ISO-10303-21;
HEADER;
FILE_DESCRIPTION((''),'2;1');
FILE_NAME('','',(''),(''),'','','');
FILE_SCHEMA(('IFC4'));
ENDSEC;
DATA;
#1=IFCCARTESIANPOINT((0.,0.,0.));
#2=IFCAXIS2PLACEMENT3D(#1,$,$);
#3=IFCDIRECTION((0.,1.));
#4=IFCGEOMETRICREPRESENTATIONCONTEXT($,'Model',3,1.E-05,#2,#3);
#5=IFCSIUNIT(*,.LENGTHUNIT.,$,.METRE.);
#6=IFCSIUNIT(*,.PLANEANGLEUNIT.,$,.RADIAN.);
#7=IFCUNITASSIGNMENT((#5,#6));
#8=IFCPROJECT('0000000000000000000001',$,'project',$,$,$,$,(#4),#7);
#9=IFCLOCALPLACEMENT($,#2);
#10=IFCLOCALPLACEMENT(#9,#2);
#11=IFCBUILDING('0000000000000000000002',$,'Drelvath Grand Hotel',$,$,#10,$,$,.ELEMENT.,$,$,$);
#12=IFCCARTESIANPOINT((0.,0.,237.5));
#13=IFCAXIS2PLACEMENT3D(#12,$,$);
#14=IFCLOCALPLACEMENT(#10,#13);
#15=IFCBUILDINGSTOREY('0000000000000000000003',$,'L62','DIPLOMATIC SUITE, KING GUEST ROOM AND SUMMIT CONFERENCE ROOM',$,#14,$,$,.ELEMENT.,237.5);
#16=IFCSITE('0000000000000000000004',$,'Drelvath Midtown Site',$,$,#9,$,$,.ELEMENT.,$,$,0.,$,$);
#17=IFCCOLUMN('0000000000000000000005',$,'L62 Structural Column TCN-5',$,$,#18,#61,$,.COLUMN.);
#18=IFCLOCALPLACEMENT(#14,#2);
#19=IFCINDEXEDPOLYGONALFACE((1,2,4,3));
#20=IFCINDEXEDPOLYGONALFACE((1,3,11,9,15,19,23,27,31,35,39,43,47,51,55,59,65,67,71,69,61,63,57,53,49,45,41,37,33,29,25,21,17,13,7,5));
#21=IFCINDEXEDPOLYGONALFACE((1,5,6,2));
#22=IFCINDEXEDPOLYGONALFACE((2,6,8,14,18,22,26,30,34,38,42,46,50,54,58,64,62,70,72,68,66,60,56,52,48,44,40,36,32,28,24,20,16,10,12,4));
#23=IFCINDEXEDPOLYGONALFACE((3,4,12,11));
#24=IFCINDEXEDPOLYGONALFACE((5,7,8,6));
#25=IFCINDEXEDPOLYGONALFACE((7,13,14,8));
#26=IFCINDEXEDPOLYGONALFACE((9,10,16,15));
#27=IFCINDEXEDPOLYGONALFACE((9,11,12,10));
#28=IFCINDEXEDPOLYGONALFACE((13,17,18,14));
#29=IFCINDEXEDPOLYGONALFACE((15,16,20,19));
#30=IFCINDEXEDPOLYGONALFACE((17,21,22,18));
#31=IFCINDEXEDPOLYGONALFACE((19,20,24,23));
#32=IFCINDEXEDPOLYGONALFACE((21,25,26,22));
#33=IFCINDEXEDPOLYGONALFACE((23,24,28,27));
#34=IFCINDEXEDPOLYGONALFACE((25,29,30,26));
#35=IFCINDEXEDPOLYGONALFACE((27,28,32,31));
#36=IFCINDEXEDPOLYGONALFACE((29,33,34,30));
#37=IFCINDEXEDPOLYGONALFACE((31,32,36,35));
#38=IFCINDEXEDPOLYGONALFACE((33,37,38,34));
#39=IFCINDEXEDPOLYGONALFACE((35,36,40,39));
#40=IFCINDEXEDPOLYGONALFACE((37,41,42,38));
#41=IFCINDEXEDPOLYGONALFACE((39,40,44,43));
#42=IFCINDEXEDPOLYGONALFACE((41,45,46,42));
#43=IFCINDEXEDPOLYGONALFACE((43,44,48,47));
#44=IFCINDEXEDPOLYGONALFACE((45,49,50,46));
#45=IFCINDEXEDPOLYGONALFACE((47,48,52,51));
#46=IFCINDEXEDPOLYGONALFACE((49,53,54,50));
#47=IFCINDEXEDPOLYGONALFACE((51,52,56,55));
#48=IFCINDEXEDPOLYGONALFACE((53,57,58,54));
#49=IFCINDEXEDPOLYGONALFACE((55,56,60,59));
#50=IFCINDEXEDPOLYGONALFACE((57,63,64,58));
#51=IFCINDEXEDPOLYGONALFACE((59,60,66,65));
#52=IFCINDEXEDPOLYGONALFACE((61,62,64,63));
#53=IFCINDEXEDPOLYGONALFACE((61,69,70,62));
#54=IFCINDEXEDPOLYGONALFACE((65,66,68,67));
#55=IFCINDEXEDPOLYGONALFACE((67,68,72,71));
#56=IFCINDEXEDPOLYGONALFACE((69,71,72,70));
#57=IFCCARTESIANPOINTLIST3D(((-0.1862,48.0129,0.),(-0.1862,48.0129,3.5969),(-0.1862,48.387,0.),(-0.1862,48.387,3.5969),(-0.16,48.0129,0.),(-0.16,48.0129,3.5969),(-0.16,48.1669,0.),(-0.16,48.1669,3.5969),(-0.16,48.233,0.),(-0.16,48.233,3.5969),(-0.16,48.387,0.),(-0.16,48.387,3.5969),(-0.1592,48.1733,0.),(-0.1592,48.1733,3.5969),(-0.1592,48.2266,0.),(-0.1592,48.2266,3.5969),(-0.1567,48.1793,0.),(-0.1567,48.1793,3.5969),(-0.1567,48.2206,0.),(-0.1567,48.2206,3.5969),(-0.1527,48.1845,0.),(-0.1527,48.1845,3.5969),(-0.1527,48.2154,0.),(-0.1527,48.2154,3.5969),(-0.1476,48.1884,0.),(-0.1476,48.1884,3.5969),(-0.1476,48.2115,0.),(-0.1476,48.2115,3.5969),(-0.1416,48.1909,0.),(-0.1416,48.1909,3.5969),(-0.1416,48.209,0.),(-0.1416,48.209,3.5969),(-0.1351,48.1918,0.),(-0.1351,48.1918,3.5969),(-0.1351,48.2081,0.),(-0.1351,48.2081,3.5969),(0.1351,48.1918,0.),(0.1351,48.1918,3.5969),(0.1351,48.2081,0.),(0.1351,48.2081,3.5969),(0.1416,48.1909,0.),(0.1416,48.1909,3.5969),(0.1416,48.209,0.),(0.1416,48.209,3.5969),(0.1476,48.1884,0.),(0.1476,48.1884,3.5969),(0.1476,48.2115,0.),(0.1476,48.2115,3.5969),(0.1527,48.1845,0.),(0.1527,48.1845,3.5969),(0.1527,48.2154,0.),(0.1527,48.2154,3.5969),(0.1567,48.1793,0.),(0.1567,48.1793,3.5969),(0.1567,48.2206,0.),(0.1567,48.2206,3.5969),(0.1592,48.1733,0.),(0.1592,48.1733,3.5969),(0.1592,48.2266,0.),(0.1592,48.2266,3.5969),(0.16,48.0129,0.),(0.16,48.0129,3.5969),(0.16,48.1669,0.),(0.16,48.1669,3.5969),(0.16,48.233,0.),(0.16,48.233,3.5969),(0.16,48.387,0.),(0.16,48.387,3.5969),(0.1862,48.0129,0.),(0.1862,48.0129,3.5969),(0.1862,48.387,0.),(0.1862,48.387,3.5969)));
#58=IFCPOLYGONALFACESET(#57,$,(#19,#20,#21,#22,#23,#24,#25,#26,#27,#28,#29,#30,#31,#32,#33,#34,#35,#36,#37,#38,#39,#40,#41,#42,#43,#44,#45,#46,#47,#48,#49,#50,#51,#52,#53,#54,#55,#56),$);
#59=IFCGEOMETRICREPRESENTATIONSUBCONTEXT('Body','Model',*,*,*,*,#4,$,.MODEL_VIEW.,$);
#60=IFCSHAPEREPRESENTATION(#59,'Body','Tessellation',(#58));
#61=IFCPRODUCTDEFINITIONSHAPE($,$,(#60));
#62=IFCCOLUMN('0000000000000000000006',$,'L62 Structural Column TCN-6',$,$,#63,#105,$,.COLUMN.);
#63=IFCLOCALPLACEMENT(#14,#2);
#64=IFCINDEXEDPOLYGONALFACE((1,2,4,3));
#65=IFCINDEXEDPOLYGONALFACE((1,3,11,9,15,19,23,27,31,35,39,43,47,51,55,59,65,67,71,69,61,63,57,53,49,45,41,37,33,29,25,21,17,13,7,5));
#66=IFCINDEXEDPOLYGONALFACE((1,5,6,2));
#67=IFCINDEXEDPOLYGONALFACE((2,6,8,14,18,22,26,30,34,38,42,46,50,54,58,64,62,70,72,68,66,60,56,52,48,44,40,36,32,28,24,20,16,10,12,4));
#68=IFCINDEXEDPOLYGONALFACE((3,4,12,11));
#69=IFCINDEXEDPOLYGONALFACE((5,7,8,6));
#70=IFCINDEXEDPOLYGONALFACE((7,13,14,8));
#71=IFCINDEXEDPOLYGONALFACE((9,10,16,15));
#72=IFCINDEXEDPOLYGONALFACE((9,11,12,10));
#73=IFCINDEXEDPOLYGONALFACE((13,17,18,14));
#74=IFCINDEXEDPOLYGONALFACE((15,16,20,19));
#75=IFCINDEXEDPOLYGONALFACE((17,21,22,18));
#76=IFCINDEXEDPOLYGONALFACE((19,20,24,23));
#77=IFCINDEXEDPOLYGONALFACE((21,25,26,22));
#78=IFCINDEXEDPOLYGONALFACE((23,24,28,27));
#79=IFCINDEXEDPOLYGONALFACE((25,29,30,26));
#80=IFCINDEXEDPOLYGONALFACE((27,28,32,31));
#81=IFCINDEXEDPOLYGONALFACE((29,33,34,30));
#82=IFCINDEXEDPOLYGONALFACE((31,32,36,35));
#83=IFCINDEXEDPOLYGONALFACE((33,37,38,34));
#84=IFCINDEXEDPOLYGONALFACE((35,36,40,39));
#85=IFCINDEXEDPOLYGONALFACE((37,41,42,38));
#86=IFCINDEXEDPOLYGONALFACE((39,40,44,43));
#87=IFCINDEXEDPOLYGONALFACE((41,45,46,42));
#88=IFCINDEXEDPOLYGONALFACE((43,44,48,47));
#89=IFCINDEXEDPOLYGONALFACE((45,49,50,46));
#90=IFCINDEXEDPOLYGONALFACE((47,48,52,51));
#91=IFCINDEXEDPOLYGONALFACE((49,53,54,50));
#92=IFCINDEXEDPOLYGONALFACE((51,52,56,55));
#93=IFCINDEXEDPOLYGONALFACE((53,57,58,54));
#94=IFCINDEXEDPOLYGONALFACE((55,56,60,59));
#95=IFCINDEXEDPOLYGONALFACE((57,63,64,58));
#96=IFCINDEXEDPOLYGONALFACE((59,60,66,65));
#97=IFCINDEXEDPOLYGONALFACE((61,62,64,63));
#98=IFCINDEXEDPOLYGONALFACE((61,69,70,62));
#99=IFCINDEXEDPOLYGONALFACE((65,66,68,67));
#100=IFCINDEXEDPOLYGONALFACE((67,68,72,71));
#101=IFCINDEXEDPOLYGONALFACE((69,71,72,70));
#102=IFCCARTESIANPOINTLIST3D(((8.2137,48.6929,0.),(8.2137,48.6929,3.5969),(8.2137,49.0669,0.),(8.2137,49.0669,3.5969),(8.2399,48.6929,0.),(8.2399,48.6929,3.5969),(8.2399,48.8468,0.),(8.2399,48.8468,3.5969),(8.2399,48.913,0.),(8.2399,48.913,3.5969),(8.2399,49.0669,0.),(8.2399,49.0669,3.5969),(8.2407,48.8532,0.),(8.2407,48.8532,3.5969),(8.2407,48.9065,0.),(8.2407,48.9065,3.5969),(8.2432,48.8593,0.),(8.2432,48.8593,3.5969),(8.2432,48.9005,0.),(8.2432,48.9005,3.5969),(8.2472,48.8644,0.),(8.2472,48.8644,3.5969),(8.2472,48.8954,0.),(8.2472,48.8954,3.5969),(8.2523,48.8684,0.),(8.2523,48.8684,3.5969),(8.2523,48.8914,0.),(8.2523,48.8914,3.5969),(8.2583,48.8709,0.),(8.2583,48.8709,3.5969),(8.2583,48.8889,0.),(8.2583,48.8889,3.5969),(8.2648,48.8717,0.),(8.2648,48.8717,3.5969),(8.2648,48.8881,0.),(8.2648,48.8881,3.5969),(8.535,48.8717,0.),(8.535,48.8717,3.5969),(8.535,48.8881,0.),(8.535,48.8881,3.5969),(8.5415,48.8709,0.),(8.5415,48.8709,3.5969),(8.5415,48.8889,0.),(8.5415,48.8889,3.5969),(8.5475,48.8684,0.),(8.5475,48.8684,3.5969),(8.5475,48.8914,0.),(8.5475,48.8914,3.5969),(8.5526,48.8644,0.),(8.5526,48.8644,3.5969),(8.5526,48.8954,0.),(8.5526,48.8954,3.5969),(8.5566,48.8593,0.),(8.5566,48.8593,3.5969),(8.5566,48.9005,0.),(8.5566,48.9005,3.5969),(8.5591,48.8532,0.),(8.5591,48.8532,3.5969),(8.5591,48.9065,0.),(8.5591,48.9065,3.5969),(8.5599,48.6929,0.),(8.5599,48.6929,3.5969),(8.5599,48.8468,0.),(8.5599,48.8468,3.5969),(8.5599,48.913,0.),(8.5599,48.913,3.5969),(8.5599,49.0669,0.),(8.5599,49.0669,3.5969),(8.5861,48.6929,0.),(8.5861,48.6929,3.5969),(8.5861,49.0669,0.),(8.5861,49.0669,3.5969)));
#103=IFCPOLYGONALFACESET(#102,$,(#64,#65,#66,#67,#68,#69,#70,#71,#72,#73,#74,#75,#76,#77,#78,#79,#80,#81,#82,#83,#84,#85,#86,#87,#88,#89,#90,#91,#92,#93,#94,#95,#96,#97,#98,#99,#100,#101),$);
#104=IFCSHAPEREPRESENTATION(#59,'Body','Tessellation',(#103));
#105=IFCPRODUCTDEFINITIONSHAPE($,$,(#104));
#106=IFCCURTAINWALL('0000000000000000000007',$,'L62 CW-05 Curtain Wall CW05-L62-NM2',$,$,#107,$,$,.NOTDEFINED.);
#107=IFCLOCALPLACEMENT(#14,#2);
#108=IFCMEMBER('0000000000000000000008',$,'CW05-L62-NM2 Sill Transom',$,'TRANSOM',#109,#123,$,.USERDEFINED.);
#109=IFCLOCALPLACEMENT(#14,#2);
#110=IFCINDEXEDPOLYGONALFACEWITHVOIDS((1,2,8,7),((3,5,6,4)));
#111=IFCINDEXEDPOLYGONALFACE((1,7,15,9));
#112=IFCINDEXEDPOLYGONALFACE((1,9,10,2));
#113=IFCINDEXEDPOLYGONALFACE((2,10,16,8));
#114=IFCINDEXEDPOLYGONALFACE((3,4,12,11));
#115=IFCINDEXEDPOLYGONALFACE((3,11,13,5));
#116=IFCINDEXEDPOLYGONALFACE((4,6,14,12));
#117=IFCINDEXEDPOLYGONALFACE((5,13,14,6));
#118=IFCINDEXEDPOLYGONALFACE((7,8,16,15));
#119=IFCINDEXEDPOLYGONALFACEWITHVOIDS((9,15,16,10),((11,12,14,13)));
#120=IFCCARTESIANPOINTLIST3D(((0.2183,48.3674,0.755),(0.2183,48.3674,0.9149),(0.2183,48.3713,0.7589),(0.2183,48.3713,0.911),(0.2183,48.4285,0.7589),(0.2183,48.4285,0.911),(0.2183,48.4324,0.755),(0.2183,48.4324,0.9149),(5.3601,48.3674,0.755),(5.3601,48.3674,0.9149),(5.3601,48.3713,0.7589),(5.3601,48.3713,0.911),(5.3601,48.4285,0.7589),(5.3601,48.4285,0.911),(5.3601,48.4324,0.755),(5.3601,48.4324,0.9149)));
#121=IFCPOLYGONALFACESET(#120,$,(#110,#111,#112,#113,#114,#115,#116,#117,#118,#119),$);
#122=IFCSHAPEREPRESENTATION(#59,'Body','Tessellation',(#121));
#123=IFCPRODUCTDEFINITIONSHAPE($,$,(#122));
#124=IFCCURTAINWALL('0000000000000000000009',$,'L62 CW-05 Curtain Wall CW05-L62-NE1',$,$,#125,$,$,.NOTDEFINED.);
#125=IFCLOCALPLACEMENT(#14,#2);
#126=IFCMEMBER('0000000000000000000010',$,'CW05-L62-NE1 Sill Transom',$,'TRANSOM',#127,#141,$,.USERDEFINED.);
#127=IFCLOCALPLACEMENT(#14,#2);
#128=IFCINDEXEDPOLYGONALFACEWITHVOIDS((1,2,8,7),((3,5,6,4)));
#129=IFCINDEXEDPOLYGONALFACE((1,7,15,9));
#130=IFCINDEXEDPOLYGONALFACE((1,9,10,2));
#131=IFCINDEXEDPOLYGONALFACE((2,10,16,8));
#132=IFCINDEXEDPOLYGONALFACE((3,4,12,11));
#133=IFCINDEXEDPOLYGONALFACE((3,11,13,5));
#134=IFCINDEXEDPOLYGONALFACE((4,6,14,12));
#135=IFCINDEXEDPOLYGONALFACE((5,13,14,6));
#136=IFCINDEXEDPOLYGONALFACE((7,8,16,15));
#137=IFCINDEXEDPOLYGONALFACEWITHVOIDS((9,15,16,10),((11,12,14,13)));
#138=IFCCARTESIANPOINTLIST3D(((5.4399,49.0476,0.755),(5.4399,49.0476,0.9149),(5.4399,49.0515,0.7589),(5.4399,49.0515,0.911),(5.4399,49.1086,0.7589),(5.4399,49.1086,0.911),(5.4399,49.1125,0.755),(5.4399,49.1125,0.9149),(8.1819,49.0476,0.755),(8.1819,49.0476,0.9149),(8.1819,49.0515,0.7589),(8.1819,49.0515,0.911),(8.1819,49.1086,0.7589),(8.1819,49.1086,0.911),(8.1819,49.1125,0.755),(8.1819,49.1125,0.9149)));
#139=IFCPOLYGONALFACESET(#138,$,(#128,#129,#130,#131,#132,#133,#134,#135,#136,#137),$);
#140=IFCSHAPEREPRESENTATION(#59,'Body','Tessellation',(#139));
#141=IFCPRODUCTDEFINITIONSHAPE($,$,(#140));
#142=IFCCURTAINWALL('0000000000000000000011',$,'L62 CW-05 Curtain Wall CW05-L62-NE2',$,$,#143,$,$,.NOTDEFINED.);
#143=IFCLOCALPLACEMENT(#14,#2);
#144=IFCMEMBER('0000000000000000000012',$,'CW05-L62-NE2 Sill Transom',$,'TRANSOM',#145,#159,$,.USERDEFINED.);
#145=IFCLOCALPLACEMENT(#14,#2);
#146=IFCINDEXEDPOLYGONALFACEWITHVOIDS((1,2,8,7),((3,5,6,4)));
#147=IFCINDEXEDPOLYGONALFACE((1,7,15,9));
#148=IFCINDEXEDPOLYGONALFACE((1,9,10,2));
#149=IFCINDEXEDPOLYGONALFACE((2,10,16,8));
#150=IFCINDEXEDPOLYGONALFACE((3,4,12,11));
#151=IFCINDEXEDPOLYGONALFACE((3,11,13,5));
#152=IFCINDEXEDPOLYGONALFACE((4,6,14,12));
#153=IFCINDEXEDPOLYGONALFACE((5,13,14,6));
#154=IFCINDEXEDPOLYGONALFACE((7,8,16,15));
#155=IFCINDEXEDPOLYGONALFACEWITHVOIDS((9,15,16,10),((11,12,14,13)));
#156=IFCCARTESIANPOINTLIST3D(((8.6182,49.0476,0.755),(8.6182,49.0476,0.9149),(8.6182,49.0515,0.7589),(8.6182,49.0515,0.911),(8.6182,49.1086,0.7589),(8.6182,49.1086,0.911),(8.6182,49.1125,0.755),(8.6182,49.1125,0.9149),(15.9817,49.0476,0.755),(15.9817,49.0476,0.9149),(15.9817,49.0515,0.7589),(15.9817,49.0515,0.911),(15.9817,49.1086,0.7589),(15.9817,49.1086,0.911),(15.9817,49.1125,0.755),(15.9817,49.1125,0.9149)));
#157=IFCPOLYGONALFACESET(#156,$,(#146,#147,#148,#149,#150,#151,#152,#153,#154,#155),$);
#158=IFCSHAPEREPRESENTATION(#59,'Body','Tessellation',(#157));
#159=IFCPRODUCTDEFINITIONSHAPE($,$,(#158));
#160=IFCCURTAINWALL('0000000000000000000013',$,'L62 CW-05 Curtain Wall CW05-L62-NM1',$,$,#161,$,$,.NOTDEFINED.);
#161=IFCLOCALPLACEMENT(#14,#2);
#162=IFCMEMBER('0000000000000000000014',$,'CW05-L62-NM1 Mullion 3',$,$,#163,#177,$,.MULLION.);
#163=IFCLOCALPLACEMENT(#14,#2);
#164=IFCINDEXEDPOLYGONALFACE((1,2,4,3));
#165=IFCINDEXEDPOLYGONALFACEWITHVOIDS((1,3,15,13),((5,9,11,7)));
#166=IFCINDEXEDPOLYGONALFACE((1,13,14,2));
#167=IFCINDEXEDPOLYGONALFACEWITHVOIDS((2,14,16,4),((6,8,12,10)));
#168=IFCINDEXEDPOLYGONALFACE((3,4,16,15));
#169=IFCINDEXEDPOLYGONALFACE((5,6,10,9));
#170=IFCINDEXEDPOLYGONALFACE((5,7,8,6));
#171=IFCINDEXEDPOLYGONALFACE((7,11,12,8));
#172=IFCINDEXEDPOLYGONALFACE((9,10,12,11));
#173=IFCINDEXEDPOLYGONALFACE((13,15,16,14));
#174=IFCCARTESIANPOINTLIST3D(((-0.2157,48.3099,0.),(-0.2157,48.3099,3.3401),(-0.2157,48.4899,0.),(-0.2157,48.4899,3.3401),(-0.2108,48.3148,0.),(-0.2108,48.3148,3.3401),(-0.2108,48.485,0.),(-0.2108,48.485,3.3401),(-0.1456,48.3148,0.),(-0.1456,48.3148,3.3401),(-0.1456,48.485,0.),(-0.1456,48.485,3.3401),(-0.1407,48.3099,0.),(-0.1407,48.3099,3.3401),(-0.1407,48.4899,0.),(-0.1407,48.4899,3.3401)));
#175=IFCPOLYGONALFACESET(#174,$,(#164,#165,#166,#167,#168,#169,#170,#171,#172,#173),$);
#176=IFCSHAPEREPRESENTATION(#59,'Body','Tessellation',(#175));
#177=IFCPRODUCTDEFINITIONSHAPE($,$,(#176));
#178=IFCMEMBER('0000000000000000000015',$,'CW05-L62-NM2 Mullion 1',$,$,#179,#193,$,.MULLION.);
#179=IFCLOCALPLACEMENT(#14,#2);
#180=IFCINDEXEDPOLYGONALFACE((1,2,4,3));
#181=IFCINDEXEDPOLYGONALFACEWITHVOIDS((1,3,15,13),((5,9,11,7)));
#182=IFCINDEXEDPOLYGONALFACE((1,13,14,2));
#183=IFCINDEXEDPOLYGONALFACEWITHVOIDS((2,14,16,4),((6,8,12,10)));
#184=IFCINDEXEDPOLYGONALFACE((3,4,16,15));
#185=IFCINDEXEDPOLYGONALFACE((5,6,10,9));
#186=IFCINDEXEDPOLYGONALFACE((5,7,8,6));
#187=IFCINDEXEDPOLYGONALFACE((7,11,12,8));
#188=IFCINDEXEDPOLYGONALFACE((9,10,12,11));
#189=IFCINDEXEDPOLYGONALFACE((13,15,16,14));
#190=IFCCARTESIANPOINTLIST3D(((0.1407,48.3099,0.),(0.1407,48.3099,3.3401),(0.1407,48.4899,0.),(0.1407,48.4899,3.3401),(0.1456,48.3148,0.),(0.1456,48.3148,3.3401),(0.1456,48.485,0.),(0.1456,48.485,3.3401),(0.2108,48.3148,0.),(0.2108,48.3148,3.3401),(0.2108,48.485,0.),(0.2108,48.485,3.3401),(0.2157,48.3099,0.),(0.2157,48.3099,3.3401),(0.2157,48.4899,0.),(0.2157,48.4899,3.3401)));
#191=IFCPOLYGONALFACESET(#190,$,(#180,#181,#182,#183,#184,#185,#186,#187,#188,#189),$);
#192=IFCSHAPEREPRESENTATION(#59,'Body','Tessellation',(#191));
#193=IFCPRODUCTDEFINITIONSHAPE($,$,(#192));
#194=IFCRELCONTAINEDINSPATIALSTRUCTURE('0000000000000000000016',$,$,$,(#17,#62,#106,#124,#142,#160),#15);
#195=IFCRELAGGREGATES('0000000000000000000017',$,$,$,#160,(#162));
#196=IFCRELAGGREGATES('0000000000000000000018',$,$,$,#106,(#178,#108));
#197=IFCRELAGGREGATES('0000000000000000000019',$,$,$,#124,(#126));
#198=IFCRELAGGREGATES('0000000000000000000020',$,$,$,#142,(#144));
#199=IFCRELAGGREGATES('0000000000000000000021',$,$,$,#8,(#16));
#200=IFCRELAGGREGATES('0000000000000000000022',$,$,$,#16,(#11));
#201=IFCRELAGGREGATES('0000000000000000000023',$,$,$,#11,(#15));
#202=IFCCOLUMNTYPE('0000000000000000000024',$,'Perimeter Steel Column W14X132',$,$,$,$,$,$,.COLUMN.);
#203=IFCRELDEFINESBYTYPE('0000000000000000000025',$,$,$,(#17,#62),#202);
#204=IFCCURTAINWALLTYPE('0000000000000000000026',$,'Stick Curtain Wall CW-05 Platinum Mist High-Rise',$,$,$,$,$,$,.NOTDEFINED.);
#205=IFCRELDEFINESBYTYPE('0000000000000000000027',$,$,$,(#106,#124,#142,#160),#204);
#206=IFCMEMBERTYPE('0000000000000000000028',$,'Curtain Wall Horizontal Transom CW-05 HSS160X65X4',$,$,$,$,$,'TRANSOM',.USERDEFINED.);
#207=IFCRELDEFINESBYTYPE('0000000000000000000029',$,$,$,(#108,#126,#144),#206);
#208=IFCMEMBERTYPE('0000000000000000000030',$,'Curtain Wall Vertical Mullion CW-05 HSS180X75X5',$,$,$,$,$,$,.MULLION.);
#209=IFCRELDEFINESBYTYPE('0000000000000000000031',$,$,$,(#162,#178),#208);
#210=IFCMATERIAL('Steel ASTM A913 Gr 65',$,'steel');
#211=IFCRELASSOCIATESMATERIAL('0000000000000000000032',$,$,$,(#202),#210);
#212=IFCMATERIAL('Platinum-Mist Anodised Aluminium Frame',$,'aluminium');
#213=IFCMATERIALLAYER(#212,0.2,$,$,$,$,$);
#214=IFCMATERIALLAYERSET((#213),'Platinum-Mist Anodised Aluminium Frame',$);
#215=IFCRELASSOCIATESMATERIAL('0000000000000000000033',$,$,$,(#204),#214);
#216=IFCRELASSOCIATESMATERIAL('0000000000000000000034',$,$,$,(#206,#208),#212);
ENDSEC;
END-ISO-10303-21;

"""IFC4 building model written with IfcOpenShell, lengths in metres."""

from ifc_helpers import new_model, si_unit, direction, frame, origin, origin_2d, place, context, subcontext, project, spatial, hollow_rectangle, i_section, extrude, material, layer, layer_set, material_profile, profile_set, type_object, element, aggregate, save


model = new_model("IFC4")

# Units and contexts
model_context = context("Model", 3, precision=1e-05, world=origin(), true_north=direction((0.0, 1.0)))
body_context = subcontext(model_context, "Body", "Model", "MODEL_VIEW")
ifc_project = project(units=[si_unit("LENGTHUNIT", "METRE"), si_unit("PLANEANGLEUNIT", "RADIAN")], contexts=[model_context])

# Site, building, storey
site_placement = place(None, origin())
site = spatial("IfcSite", under=ifc_project, at=site_placement, Name="Drelvath Midtown Site", CompositionType="ELEMENT", RefElevation=0.0)
building_placement = place(site_placement, origin())
building = spatial("IfcBuilding", under=site, at=building_placement, Name="Drelvath Grand Hotel", CompositionType="ELEMENT")
storey_placement = place(building_placement, frame((0.0, 0.0, 237.5)))
storey = spatial("IfcBuildingStorey", under=building, at=storey_placement, Name="L62", Description="DIPLOMATIC SUITE, KING GUEST ROOM AND SUMMIT CONFERENCE ROOM", CompositionType="ELEMENT", Elevation=237.5)

# Columns
ifc_material_1 = material(Name="Steel ASTM A913 Gr 65", Category="steel")
ifc_material_profile_1 = material_profile(ifc_material_1, i_section(OverallWidth=0.374, OverallDepth=0.3723, WebThickness=0.0164, FlangeThickness=0.0261, FilletRadius=0.0249, at=origin_2d()), Name="W14X132")
ifc_profile_set_1 = profile_set([ifc_material_profile_1], Name="Steel ASTM A913 Gr 65")
column_type = type_object("IfcColumnType", Name="Perimeter Steel Column W14X132", PredefinedType="COLUMN", material=ifc_profile_set_1)
for number, where, z_axis, x_axis, name in (
    (1, (0.0, 48.2, 0.0), (0.0, 0.0, 1.0), (0.0, 1.0, 0.0), "L62 Structural Column TCN-5"),
    (2, (8.3999, 48.8799, 0.0), (0.0, 0.0, 1.0), (0.0, 1.0, 0.0), "L62 Structural Column TCN-6"),
):
    element("IfcColumn", number, at=place(storey_placement, frame(where, z_axis=z_axis, x_axis=x_axis)), inside=storey, type_object=column_type, Name=name, PredefinedType="COLUMN", context=body_context, shape_type="SweptSolid", body=[
        extrude(i_section(OverallWidth=0.374, OverallDepth=0.3723, WebThickness=0.0164, FlangeThickness=0.0261, FilletRadius=0.0249, at=origin_2d()), origin(), (0.0, 0.0, 1.0), 3.5969),
    ])

# Curtain walls, members
ifc_material_2 = material(Name="Platinum-Mist Anodised Aluminium Frame", Category="aluminium")
ifc_layer_1 = layer(ifc_material_2, 0.2)
ifc_layer_set_1 = layer_set([ifc_layer_1], Name="Platinum-Mist Anodised Aluminium Frame")
curtain_wall_type = type_object("IfcCurtainWallType", Name="Stick Curtain Wall CW-05 Platinum Mist High-Rise", PredefinedType="NOTDEFINED", material=ifc_layer_set_1)
curtain_wall_1_placement = place(storey_placement, origin())
curtain_wall_1 = element("IfcCurtainWall", 3, at=curtain_wall_1_placement, inside=storey, type_object=curtain_wall_type, Name="L62 CW-05 Curtain Wall CW05-L62-NM2", PredefinedType="NOTDEFINED")
ifc_material_profile_2 = material_profile(ifc_material_2, hollow_rectangle(XDim=0.0649, YDim=0.1599, WallThickness=0.0039, at=origin_2d()), Name="HSS160X65X4")
ifc_profile_set_2 = profile_set([ifc_material_profile_2], Name="Platinum-Mist Anodised Aluminium Frame")
member_type_1 = type_object("IfcMemberType", Name="Curtain Wall Horizontal Transom CW-05 HSS160X65X4", ElementType="TRANSOM", PredefinedType="USERDEFINED", material=ifc_profile_set_2)
member_1_placement = place(storey_placement, frame((0.2183, 48.3999, 0.835), z_axis=(1.0, 0.0, 0.0), x_axis=(0.0, 1.0, 0.0)))
member_1 = element("IfcMember", 4, at=member_1_placement, type_object=member_type_1, Name="CW05-L62-NM2 Sill Transom", ObjectType="TRANSOM", PredefinedType="USERDEFINED", context=body_context, shape_type="SweptSolid", body=[
    extrude(hollow_rectangle(XDim=0.0649, YDim=0.1599, WallThickness=0.0039, at=origin_2d()), origin(), (0.0, 0.0, 1.0), 5.1418),
])
curtain_wall_2_placement = place(storey_placement, origin())
curtain_wall_2 = element("IfcCurtainWall", 5, at=curtain_wall_2_placement, inside=storey, type_object=curtain_wall_type, Name="L62 CW-05 Curtain Wall CW05-L62-NE1", PredefinedType="NOTDEFINED")
member_2_placement = place(storey_placement, frame((5.4399, 49.0801, 0.835), z_axis=(1.0, 0.0, 0.0), x_axis=(0.0, 1.0, 0.0)))
member_2 = element("IfcMember", 6, at=member_2_placement, type_object=member_type_1, Name="CW05-L62-NE1 Sill Transom", ObjectType="TRANSOM", PredefinedType="USERDEFINED", context=body_context, shape_type="SweptSolid", body=[
    extrude(hollow_rectangle(XDim=0.0649, YDim=0.1599, WallThickness=0.0039, at=origin_2d()), origin(), (0.0, 0.0, 1.0), 2.7419),
])
curtain_wall_3_placement = place(storey_placement, origin())
curtain_wall_3 = element("IfcCurtainWall", 7, at=curtain_wall_3_placement, inside=storey, type_object=curtain_wall_type, Name="L62 CW-05 Curtain Wall CW05-L62-NE2", PredefinedType="NOTDEFINED")
member_3_placement = place(storey_placement, frame((8.6182, 49.0801, 0.835), z_axis=(1.0, 0.0, 0.0), x_axis=(0.0, 1.0, 0.0)))
member_3 = element("IfcMember", 8, at=member_3_placement, type_object=member_type_1, Name="CW05-L62-NE2 Sill Transom", ObjectType="TRANSOM", PredefinedType="USERDEFINED", context=body_context, shape_type="SweptSolid", body=[
    extrude(hollow_rectangle(XDim=0.0649, YDim=0.1599, WallThickness=0.0039, at=origin_2d()), origin(), (0.0, 0.0, 1.0), 7.3635),
])
curtain_wall_4_placement = place(storey_placement, origin())
curtain_wall_4 = element("IfcCurtainWall", 9, at=curtain_wall_4_placement, inside=storey, type_object=curtain_wall_type, Name="L62 CW-05 Curtain Wall CW05-L62-NM1", PredefinedType="NOTDEFINED")
ifc_material_profile_3 = material_profile(ifc_material_2, hollow_rectangle(XDim=0.075, YDim=0.1799, WallThickness=0.0049, at=origin_2d()), Name="HSS180X75X5")
ifc_profile_set_3 = profile_set([ifc_material_profile_3], Name="Platinum-Mist Anodised Aluminium Frame")
member_type_2 = type_object("IfcMemberType", Name="Curtain Wall Vertical Mullion CW-05 HSS180X75X5", PredefinedType="MULLION", material=ifc_profile_set_3)
member_4_placement = place(storey_placement, frame((-0.1782, 48.3999, 0.0), z_axis=(0.0, 0.0, 1.0), x_axis=(1.0, 0.0, 0.0)))
member_4 = element("IfcMember", 10, at=member_4_placement, type_object=member_type_2, Name="CW05-L62-NM1 Mullion 3", PredefinedType="MULLION", context=body_context, shape_type="SweptSolid", body=[
    extrude(hollow_rectangle(XDim=0.075, YDim=0.1799, WallThickness=0.0049, at=origin_2d()), origin(), (0.0, 0.0, 1.0), 3.3401),
])
aggregate(curtain_wall_4, [member_4])

# Member
member_5_placement = place(storey_placement, frame((0.1782, 48.3999, 0.0), z_axis=(0.0, 0.0, 1.0), x_axis=(1.0, 0.0, 0.0)))
member_5 = element("IfcMember", 11, at=member_5_placement, type_object=member_type_2, Name="CW05-L62-NM2 Mullion 1", PredefinedType="MULLION", context=body_context, shape_type="SweptSolid", body=[
    extrude(hollow_rectangle(XDim=0.075, YDim=0.1799, WallThickness=0.0049, at=origin_2d()), origin(), (0.0, 0.0, 1.0), 3.3401),
])

aggregate(curtain_wall_1, [member_5, member_1])
aggregate(curtain_wall_2, [member_2])
aggregate(curtain_wall_3, [member_3])

save(model, "model.ifc")
